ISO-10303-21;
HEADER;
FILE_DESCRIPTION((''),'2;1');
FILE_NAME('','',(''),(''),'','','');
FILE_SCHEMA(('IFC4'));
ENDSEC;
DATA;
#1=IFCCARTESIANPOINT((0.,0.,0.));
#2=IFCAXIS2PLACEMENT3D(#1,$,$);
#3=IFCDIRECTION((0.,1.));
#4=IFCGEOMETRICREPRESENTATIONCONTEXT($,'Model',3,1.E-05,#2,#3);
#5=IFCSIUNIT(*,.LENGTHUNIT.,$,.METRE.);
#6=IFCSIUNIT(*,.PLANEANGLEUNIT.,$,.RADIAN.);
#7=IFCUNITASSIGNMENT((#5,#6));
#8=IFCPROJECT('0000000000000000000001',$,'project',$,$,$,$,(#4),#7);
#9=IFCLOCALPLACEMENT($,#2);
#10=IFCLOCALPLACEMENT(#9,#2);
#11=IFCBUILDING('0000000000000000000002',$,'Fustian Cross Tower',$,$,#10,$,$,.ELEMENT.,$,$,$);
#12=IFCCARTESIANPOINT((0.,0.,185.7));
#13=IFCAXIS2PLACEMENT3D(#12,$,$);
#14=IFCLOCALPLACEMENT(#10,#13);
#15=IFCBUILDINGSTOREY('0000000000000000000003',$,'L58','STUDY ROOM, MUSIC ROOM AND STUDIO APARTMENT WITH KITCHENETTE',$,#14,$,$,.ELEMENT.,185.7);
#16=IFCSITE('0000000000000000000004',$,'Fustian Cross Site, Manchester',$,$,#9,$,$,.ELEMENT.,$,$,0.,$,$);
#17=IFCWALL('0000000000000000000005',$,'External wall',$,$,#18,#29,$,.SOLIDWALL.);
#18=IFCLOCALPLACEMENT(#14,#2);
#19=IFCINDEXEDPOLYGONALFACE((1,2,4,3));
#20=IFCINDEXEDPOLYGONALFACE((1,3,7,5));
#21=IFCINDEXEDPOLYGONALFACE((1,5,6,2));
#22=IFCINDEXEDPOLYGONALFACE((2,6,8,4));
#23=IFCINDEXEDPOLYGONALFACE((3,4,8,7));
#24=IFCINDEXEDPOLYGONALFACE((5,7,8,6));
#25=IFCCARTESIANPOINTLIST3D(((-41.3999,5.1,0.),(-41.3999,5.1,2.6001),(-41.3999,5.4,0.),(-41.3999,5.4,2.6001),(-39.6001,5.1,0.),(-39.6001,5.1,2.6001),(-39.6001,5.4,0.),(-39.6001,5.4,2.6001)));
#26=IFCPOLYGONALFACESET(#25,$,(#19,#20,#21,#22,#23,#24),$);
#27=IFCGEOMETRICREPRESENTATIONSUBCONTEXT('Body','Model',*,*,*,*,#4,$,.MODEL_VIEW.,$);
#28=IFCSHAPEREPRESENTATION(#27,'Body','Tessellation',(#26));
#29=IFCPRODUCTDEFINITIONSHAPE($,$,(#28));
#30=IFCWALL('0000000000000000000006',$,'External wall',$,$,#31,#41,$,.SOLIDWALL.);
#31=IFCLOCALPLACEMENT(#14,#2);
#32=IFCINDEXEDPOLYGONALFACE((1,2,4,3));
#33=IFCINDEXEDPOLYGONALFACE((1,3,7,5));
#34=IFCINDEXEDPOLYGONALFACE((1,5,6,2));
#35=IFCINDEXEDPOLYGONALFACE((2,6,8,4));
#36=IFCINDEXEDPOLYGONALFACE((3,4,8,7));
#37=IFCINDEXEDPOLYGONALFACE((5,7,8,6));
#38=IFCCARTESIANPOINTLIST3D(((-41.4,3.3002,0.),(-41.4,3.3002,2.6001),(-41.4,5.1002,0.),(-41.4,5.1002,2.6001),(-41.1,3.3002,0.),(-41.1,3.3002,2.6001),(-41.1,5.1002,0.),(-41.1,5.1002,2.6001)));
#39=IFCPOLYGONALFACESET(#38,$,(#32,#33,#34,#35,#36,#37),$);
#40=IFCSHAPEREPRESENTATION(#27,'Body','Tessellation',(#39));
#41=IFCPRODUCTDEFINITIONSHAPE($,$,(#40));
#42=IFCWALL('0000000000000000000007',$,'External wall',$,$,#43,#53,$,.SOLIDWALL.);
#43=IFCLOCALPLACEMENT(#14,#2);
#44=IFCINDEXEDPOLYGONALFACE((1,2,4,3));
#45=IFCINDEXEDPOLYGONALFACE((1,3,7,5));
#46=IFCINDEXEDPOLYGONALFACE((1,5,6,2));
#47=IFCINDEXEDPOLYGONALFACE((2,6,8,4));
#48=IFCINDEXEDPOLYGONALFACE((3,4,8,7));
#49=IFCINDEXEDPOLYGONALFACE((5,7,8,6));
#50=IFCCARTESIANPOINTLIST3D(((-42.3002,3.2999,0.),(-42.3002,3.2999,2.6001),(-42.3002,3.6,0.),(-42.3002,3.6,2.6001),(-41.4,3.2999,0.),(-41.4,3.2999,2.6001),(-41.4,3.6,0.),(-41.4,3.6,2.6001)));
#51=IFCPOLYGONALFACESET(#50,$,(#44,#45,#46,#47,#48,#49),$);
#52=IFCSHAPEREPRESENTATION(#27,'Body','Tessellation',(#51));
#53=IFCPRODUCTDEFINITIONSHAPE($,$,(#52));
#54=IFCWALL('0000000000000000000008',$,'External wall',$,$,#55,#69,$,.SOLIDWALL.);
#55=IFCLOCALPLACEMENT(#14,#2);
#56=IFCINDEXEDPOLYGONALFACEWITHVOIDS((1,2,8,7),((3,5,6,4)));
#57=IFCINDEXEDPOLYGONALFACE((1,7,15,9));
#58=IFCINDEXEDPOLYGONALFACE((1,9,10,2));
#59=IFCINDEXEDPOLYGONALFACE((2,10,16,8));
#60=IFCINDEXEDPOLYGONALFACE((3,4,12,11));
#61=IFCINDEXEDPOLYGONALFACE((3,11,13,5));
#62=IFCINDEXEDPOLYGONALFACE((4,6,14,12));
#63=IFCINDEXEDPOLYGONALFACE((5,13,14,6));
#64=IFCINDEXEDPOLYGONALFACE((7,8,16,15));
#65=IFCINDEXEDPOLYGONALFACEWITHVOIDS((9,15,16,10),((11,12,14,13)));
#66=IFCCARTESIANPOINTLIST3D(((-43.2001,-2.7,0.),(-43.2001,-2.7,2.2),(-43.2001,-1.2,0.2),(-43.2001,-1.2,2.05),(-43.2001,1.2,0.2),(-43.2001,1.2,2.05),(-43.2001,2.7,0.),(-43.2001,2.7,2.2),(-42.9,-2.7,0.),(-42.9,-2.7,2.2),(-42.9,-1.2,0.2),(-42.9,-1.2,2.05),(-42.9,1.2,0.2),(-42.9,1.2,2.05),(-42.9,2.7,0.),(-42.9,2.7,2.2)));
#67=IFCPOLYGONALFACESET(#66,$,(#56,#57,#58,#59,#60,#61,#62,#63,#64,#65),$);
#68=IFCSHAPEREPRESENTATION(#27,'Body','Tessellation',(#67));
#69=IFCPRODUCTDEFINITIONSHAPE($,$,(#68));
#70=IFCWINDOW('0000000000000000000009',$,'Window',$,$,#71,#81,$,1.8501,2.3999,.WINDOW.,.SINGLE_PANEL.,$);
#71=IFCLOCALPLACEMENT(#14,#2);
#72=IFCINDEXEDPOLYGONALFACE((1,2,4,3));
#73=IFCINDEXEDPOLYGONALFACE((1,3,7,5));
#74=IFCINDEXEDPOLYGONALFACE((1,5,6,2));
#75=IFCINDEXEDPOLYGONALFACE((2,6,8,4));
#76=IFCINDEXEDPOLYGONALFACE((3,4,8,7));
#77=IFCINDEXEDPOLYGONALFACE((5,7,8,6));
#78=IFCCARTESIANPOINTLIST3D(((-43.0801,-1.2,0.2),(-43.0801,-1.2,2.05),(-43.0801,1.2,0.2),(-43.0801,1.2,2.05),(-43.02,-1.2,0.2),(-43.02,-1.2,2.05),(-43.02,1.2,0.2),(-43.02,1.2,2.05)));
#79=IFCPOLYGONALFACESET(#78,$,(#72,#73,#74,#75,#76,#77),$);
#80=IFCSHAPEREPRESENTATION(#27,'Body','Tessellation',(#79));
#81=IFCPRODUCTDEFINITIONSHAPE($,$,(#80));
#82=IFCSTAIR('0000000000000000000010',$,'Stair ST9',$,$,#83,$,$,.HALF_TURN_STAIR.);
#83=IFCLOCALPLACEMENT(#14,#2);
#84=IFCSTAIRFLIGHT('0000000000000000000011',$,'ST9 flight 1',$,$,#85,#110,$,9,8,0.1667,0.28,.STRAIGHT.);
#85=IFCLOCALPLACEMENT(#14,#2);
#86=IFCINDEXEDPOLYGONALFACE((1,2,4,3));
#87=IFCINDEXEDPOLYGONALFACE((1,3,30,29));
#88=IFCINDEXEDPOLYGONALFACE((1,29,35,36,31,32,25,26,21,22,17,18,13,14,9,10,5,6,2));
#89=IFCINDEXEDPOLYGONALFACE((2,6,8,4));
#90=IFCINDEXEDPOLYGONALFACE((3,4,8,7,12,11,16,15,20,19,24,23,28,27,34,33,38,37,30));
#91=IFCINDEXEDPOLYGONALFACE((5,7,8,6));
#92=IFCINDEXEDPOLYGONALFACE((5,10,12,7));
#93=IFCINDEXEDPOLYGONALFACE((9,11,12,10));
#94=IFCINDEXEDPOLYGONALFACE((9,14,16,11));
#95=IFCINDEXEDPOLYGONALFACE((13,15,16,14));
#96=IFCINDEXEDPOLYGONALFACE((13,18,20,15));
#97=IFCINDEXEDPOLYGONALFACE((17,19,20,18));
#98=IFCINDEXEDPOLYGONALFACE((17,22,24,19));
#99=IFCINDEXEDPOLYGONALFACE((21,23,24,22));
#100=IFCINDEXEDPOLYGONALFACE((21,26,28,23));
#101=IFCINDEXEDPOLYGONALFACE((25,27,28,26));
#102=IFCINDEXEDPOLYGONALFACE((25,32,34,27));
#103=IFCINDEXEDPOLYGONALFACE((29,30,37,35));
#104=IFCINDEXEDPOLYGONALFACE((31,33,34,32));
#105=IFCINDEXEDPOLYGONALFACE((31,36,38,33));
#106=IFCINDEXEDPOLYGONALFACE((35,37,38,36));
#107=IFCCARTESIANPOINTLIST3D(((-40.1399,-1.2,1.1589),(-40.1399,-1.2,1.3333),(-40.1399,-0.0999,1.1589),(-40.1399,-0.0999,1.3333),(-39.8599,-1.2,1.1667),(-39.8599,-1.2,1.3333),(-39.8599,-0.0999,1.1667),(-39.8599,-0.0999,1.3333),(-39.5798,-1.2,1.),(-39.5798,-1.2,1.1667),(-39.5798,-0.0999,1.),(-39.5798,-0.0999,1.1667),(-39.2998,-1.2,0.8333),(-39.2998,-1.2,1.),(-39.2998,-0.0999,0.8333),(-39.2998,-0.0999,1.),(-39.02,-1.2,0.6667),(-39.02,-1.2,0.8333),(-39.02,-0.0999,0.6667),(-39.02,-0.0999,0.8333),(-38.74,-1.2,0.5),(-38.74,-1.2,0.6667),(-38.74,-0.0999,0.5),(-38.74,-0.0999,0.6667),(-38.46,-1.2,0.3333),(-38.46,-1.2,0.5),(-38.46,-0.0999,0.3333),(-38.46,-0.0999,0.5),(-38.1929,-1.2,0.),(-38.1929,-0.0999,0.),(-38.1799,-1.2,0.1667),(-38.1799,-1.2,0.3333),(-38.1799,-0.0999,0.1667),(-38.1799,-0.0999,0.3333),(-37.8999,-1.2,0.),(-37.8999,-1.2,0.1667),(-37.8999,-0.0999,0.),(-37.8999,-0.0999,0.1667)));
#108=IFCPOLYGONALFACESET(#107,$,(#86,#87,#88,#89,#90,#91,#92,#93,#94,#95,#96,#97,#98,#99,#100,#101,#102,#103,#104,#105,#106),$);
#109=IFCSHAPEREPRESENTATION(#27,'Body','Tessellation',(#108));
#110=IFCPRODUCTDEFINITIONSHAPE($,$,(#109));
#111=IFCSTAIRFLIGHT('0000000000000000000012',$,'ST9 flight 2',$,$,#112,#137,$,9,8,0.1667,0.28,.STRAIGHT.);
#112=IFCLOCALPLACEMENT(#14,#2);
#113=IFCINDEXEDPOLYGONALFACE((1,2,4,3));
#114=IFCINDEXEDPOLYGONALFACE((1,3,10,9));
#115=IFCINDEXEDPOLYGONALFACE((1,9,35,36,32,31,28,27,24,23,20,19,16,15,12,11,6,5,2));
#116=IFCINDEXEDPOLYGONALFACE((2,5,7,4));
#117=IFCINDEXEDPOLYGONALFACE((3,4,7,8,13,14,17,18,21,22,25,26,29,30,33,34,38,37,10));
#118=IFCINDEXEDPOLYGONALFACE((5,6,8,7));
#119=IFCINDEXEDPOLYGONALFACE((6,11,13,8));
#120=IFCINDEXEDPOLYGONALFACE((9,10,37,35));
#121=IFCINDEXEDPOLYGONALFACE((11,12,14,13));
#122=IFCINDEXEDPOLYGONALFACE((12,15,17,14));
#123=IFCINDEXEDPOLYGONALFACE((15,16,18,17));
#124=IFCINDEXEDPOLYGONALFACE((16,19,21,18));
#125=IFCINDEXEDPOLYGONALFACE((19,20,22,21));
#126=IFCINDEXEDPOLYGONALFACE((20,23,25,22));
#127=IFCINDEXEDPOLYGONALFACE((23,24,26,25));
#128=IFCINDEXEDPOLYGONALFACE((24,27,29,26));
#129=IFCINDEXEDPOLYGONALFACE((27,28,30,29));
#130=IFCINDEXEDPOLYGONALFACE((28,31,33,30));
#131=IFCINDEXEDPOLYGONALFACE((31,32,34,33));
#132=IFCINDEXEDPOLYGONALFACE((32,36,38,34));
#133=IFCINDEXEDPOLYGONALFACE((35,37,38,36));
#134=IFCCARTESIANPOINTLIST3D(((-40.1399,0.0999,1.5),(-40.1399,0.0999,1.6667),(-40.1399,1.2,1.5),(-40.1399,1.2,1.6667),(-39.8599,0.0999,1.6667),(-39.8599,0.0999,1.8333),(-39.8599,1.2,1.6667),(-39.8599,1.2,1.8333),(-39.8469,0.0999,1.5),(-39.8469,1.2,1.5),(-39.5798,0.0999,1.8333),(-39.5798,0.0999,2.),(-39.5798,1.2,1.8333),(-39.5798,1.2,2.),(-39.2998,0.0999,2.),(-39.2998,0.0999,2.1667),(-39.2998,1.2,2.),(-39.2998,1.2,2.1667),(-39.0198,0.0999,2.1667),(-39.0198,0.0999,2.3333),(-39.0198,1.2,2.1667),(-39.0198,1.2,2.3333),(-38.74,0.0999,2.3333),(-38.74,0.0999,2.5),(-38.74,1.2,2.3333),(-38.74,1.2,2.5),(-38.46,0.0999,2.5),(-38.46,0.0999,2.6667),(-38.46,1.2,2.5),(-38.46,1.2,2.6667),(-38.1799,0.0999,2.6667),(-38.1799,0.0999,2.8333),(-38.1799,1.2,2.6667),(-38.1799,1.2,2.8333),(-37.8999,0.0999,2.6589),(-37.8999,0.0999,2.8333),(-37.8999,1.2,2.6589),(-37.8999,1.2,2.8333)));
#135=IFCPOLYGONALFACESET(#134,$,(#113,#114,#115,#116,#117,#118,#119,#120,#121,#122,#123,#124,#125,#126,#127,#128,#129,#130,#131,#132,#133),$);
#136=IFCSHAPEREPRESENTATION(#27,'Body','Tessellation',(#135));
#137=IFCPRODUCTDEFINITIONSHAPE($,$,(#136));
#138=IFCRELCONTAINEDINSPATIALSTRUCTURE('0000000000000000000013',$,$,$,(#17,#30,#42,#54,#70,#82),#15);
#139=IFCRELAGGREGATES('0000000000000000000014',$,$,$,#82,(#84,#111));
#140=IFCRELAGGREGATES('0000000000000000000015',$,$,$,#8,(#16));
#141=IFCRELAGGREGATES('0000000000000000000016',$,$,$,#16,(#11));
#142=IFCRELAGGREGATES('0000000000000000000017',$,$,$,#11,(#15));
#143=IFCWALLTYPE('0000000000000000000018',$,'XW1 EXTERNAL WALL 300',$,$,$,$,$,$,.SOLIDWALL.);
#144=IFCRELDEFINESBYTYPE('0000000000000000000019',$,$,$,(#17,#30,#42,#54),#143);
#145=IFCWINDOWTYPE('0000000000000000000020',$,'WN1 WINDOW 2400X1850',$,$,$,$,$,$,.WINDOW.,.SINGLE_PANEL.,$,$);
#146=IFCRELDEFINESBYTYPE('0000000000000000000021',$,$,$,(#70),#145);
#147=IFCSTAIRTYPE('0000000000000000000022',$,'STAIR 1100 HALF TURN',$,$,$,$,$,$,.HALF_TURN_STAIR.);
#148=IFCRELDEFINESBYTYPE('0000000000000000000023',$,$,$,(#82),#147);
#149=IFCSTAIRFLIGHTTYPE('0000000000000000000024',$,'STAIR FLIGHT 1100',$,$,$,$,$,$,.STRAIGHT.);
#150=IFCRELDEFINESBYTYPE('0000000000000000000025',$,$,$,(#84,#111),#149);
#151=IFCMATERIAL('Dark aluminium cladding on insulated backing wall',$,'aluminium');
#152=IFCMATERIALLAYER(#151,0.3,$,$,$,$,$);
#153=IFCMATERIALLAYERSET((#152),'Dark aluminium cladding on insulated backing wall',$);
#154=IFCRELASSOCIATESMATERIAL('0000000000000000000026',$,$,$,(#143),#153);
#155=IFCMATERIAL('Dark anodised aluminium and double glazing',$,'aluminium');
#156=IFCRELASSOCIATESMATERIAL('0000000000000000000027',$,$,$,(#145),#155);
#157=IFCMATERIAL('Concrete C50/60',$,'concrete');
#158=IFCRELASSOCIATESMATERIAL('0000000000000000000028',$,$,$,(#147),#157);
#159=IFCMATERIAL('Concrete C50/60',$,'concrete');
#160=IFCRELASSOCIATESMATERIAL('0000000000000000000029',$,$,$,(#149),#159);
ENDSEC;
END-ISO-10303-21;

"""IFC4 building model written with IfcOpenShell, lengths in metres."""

from ifc_helpers import new_model, si_unit, direction, frame, frame_2d, origin, place, context, subcontext, project, spatial, polyline, rectangle, outline, extrude, material, layer, layer_set, type_object, element, fill, aggregate, save


model = new_model("IFC4")

# Units and contexts
model_context = context("Model", 3, precision=1e-05, world=origin(), true_north=direction((0.0, 1.0)))
body_context = subcontext(model_context, "Body", "Model", "MODEL_VIEW")
ifc_project = project(units=[si_unit("LENGTHUNIT", "METRE"), si_unit("PLANEANGLEUNIT", "RADIAN")], contexts=[model_context])

# Site, building, storey
site_placement = place(None, origin())
site = spatial("IfcSite", under=ifc_project, at=site_placement, Name="Fustian Cross Site, Manchester", CompositionType="ELEMENT", RefElevation=0.0)
building_placement = place(site_placement, origin())
building = spatial("IfcBuilding", under=site, at=building_placement, Name="Fustian Cross Tower", CompositionType="ELEMENT")
storey_placement = place(building_placement, frame((0.0, 0.0, 185.7)))
storey = spatial("IfcBuildingStorey", under=building, at=storey_placement, Name="L58", Description="STUDY ROOM, MUSIC ROOM AND STUDIO APARTMENT WITH KITCHENETTE", CompositionType="ELEMENT", Elevation=185.7)

# Walls
ifc_material_1 = material(Name="Dark aluminium cladding on insulated backing wall", Category="aluminium")
ifc_layer_1 = layer(ifc_material_1, 0.3)
ifc_layer_set_1 = layer_set([ifc_layer_1], Name="Dark aluminium cladding on insulated backing wall")
wall_type_1 = type_object("IfcWallType", Name="XW1 EXTERNAL WALL 300", PredefinedType="SOLIDWALL", material=ifc_layer_set_1)
wall_1_placement = place(storey_placement, frame((-39.6001, 5.25, 0.0), z_axis=(0.0, 0.0, 1.0), x_axis=(-1.0, 0.0, 0.0)))
element("IfcWall", 1, at=wall_1_placement, inside=storey, type_object=wall_type_1, Name="External wall", PredefinedType="SOLIDWALL", context=body_context, shape_type="SweptSolid", body=[
    extrude(rectangle(XDim=1.7998, YDim=0.3, at=frame_2d((0.8999, 0.0))), origin(), (0.0, 0.0, 1.0), 2.6001),
])
wall_2_placement = place(storey_placement, frame((-41.25, 5.1001, 0.0), z_axis=(0.0, 0.0, 1.0), x_axis=(0.0, -1.0, 0.0)))
element("IfcWall", 2, at=wall_2_placement, inside=storey, type_object=wall_type_1, Name="External wall", PredefinedType="SOLIDWALL", context=body_context, shape_type="SweptSolid", body=[
    extrude(rectangle(XDim=1.8, YDim=0.3, at=frame_2d((0.8999, 0.0))), origin(), (0.0, 0.0, 1.0), 2.6001),
])
wall_3_placement = place(storey_placement, frame((-41.3999, 3.45, 0.0), z_axis=(0.0, 0.0, 1.0), x_axis=(-1.0, 0.0, 0.0)))
element("IfcWall", 3, at=wall_3_placement, inside=storey, type_object=wall_type_1, Name="External wall", PredefinedType="SOLIDWALL", context=body_context, shape_type="SweptSolid", body=[
    extrude(rectangle(XDim=0.9001, YDim=0.3, at=frame_2d((0.4502, 0.0))), origin(), (0.0, 0.0, 1.0), 2.6001),
])

# Wall, opening, window
wall_4_placement = place(storey_placement, frame((-43.05, 2.7, 0.0), z_axis=(0.0, 0.0, 1.0), x_axis=(0.0, -1.0, 0.0)))
wall_4 = element("IfcWall", 4, at=wall_4_placement, inside=storey, type_object=wall_type_1, Name="External wall", PredefinedType="SOLIDWALL", context=body_context, shape_type="SweptSolid", body=[
    extrude(rectangle(XDim=5.3999, YDim=0.3, at=frame_2d((2.7, 0.0))), origin(), (0.0, 0.0, 1.0), 2.2),
])
opening_1_placement = place(wall_4_placement, frame((1.5, 0.0, 0.2)))
opening_1 = element("IfcOpeningElement", 5, at=opening_1_placement, cuts=wall_4, PredefinedType="OPENING", context=body_context, shape_type="SweptSolid", body=[
    extrude(rectangle(XDim=2.3999, YDim=1.8501, at=frame_2d((1.2, 0.925))), frame((0.0, 0.1599, 0.0), z_axis=(0.0, -1.0, 0.0), x_axis=(1.0, 0.0, 0.0)), (0.0, 0.0, 1.0), 0.3201),
])
ifc_material_2 = material(Name="Dark anodised aluminium and double glazing", Category="aluminium")
window_type = type_object("IfcWindowType", Name="WN1 WINDOW 2400X1850", PartitioningType="SINGLE_PANEL", PredefinedType="WINDOW", material=ifc_material_2)
window_placement = place(opening_1_placement, origin())
window = element("IfcWindow", 6, at=window_placement, inside=storey, type_object=window_type, Name="Window", OverallHeight=1.8501, OverallWidth=2.3999, PartitioningType="SINGLE_PANEL", PredefinedType="WINDOW", context=body_context, shape_type="SweptSolid", body=[
    extrude(rectangle(XDim=2.3999, YDim=1.8501, at=frame_2d((1.2, 0.925))), frame((0.0, 0.03, 0.0), z_axis=(0.0, -1.0, 0.0), x_axis=(1.0, 0.0, 0.0)), (0.0, 0.0, 1.0), 0.0601),
])
fill(opening_1, window)

# Stair, stair flights
ifc_material_3 = material(Name="Concrete C50/60", Category="concrete")
stair_type = type_object("IfcStairType", Name="STAIR 1100 HALF TURN", PredefinedType="HALF_TURN_STAIR", material=ifc_material_3)
stair_placement = place(storey_placement, origin())
stair = element("IfcStair", 7, at=stair_placement, inside=storey, type_object=stair_type, Name="Stair ST9", PredefinedType="HALF_TURN_STAIR")
ifc_material_4 = material(Name="Concrete C50/60", Category="concrete")
stair_flight_type = type_object("IfcStairFlightType", Name="STAIR FLIGHT 1100", PredefinedType="STRAIGHT", material=ifc_material_4)
stair_flight_1_placement = place(storey_placement, frame((-37.8999, -0.6499, 0.0), z_axis=(0.0, 0.0, 1.0), x_axis=(-1.0, 0.0, 0.0)))
stair_flight_1 = element("IfcStairFlight", 8, at=stair_flight_1_placement, type_object=stair_flight_type, Name="ST9 flight 1", NumberOfRisers=9, NumberOfTreads=8, PredefinedType="STRAIGHT", RiserHeight=0.1667, TreadLength=0.28, context=body_context, shape_type="SweptSolid", body=[
    extrude(outline(polyline([(0.0, 0.0), (0.0, 0.1667), (0.28, 0.1667), (0.28, 0.3333), (0.5601, 0.3333), (0.5601, 0.5), (0.8401, 0.5), (0.8401, 0.6667), (1.1201, 0.6667), (1.1201, 0.8333), (1.3999, 0.8333), (1.3999, 1.0), (1.6799, 1.0), (1.6799, 1.1667), (1.96, 1.1667), (1.96, 1.3333), (2.24, 1.3333), (2.24, 1.5), (2.24, 1.1589), (0.293, 0.0), (0.0, 0.0)])), frame((0.0, 0.55, 0.0), z_axis=(0.0, -1.0, 0.0), x_axis=(1.0, 0.0, 0.0)), (0.0, 0.0, 1.0), 1.1001),
])
stair_flight_2_placement = place(storey_placement, frame((-40.1399, 0.6499, 1.5), z_axis=(0.0, 0.0, 1.0), x_axis=(1.0, 0.0, 0.0)))
stair_flight_2 = element("IfcStairFlight", 9, at=stair_flight_2_placement, type_object=stair_flight_type, Name="ST9 flight 2", NumberOfRisers=9, NumberOfTreads=8, PredefinedType="STRAIGHT", RiserHeight=0.1667, TreadLength=0.28, context=body_context, shape_type="SweptSolid", body=[
    extrude(outline(polyline([(0.0, 0.0), (0.0, 0.1667), (0.28, 0.1667), (0.28, 0.3333), (0.5601, 0.3333), (0.5601, 0.5), (0.8401, 0.5), (0.8401, 0.6667), (1.1201, 0.6667), (1.1201, 0.8333), (1.3999, 0.8333), (1.3999, 1.0), (1.6799, 1.0), (1.6799, 1.1667), (1.96, 1.1667), (1.96, 1.3333), (2.24, 1.3333), (2.24, 1.5), (2.24, 1.1589), (0.293, 0.0), (0.0, 0.0)])), frame((0.0, 0.55, 0.0), z_axis=(0.0, -1.0, 0.0), x_axis=(1.0, 0.0, 0.0)), (0.0, 0.0, 1.0), 1.1001),
])
aggregate(stair, [stair_flight_1, stair_flight_2])

save(model, "model.ifc")
